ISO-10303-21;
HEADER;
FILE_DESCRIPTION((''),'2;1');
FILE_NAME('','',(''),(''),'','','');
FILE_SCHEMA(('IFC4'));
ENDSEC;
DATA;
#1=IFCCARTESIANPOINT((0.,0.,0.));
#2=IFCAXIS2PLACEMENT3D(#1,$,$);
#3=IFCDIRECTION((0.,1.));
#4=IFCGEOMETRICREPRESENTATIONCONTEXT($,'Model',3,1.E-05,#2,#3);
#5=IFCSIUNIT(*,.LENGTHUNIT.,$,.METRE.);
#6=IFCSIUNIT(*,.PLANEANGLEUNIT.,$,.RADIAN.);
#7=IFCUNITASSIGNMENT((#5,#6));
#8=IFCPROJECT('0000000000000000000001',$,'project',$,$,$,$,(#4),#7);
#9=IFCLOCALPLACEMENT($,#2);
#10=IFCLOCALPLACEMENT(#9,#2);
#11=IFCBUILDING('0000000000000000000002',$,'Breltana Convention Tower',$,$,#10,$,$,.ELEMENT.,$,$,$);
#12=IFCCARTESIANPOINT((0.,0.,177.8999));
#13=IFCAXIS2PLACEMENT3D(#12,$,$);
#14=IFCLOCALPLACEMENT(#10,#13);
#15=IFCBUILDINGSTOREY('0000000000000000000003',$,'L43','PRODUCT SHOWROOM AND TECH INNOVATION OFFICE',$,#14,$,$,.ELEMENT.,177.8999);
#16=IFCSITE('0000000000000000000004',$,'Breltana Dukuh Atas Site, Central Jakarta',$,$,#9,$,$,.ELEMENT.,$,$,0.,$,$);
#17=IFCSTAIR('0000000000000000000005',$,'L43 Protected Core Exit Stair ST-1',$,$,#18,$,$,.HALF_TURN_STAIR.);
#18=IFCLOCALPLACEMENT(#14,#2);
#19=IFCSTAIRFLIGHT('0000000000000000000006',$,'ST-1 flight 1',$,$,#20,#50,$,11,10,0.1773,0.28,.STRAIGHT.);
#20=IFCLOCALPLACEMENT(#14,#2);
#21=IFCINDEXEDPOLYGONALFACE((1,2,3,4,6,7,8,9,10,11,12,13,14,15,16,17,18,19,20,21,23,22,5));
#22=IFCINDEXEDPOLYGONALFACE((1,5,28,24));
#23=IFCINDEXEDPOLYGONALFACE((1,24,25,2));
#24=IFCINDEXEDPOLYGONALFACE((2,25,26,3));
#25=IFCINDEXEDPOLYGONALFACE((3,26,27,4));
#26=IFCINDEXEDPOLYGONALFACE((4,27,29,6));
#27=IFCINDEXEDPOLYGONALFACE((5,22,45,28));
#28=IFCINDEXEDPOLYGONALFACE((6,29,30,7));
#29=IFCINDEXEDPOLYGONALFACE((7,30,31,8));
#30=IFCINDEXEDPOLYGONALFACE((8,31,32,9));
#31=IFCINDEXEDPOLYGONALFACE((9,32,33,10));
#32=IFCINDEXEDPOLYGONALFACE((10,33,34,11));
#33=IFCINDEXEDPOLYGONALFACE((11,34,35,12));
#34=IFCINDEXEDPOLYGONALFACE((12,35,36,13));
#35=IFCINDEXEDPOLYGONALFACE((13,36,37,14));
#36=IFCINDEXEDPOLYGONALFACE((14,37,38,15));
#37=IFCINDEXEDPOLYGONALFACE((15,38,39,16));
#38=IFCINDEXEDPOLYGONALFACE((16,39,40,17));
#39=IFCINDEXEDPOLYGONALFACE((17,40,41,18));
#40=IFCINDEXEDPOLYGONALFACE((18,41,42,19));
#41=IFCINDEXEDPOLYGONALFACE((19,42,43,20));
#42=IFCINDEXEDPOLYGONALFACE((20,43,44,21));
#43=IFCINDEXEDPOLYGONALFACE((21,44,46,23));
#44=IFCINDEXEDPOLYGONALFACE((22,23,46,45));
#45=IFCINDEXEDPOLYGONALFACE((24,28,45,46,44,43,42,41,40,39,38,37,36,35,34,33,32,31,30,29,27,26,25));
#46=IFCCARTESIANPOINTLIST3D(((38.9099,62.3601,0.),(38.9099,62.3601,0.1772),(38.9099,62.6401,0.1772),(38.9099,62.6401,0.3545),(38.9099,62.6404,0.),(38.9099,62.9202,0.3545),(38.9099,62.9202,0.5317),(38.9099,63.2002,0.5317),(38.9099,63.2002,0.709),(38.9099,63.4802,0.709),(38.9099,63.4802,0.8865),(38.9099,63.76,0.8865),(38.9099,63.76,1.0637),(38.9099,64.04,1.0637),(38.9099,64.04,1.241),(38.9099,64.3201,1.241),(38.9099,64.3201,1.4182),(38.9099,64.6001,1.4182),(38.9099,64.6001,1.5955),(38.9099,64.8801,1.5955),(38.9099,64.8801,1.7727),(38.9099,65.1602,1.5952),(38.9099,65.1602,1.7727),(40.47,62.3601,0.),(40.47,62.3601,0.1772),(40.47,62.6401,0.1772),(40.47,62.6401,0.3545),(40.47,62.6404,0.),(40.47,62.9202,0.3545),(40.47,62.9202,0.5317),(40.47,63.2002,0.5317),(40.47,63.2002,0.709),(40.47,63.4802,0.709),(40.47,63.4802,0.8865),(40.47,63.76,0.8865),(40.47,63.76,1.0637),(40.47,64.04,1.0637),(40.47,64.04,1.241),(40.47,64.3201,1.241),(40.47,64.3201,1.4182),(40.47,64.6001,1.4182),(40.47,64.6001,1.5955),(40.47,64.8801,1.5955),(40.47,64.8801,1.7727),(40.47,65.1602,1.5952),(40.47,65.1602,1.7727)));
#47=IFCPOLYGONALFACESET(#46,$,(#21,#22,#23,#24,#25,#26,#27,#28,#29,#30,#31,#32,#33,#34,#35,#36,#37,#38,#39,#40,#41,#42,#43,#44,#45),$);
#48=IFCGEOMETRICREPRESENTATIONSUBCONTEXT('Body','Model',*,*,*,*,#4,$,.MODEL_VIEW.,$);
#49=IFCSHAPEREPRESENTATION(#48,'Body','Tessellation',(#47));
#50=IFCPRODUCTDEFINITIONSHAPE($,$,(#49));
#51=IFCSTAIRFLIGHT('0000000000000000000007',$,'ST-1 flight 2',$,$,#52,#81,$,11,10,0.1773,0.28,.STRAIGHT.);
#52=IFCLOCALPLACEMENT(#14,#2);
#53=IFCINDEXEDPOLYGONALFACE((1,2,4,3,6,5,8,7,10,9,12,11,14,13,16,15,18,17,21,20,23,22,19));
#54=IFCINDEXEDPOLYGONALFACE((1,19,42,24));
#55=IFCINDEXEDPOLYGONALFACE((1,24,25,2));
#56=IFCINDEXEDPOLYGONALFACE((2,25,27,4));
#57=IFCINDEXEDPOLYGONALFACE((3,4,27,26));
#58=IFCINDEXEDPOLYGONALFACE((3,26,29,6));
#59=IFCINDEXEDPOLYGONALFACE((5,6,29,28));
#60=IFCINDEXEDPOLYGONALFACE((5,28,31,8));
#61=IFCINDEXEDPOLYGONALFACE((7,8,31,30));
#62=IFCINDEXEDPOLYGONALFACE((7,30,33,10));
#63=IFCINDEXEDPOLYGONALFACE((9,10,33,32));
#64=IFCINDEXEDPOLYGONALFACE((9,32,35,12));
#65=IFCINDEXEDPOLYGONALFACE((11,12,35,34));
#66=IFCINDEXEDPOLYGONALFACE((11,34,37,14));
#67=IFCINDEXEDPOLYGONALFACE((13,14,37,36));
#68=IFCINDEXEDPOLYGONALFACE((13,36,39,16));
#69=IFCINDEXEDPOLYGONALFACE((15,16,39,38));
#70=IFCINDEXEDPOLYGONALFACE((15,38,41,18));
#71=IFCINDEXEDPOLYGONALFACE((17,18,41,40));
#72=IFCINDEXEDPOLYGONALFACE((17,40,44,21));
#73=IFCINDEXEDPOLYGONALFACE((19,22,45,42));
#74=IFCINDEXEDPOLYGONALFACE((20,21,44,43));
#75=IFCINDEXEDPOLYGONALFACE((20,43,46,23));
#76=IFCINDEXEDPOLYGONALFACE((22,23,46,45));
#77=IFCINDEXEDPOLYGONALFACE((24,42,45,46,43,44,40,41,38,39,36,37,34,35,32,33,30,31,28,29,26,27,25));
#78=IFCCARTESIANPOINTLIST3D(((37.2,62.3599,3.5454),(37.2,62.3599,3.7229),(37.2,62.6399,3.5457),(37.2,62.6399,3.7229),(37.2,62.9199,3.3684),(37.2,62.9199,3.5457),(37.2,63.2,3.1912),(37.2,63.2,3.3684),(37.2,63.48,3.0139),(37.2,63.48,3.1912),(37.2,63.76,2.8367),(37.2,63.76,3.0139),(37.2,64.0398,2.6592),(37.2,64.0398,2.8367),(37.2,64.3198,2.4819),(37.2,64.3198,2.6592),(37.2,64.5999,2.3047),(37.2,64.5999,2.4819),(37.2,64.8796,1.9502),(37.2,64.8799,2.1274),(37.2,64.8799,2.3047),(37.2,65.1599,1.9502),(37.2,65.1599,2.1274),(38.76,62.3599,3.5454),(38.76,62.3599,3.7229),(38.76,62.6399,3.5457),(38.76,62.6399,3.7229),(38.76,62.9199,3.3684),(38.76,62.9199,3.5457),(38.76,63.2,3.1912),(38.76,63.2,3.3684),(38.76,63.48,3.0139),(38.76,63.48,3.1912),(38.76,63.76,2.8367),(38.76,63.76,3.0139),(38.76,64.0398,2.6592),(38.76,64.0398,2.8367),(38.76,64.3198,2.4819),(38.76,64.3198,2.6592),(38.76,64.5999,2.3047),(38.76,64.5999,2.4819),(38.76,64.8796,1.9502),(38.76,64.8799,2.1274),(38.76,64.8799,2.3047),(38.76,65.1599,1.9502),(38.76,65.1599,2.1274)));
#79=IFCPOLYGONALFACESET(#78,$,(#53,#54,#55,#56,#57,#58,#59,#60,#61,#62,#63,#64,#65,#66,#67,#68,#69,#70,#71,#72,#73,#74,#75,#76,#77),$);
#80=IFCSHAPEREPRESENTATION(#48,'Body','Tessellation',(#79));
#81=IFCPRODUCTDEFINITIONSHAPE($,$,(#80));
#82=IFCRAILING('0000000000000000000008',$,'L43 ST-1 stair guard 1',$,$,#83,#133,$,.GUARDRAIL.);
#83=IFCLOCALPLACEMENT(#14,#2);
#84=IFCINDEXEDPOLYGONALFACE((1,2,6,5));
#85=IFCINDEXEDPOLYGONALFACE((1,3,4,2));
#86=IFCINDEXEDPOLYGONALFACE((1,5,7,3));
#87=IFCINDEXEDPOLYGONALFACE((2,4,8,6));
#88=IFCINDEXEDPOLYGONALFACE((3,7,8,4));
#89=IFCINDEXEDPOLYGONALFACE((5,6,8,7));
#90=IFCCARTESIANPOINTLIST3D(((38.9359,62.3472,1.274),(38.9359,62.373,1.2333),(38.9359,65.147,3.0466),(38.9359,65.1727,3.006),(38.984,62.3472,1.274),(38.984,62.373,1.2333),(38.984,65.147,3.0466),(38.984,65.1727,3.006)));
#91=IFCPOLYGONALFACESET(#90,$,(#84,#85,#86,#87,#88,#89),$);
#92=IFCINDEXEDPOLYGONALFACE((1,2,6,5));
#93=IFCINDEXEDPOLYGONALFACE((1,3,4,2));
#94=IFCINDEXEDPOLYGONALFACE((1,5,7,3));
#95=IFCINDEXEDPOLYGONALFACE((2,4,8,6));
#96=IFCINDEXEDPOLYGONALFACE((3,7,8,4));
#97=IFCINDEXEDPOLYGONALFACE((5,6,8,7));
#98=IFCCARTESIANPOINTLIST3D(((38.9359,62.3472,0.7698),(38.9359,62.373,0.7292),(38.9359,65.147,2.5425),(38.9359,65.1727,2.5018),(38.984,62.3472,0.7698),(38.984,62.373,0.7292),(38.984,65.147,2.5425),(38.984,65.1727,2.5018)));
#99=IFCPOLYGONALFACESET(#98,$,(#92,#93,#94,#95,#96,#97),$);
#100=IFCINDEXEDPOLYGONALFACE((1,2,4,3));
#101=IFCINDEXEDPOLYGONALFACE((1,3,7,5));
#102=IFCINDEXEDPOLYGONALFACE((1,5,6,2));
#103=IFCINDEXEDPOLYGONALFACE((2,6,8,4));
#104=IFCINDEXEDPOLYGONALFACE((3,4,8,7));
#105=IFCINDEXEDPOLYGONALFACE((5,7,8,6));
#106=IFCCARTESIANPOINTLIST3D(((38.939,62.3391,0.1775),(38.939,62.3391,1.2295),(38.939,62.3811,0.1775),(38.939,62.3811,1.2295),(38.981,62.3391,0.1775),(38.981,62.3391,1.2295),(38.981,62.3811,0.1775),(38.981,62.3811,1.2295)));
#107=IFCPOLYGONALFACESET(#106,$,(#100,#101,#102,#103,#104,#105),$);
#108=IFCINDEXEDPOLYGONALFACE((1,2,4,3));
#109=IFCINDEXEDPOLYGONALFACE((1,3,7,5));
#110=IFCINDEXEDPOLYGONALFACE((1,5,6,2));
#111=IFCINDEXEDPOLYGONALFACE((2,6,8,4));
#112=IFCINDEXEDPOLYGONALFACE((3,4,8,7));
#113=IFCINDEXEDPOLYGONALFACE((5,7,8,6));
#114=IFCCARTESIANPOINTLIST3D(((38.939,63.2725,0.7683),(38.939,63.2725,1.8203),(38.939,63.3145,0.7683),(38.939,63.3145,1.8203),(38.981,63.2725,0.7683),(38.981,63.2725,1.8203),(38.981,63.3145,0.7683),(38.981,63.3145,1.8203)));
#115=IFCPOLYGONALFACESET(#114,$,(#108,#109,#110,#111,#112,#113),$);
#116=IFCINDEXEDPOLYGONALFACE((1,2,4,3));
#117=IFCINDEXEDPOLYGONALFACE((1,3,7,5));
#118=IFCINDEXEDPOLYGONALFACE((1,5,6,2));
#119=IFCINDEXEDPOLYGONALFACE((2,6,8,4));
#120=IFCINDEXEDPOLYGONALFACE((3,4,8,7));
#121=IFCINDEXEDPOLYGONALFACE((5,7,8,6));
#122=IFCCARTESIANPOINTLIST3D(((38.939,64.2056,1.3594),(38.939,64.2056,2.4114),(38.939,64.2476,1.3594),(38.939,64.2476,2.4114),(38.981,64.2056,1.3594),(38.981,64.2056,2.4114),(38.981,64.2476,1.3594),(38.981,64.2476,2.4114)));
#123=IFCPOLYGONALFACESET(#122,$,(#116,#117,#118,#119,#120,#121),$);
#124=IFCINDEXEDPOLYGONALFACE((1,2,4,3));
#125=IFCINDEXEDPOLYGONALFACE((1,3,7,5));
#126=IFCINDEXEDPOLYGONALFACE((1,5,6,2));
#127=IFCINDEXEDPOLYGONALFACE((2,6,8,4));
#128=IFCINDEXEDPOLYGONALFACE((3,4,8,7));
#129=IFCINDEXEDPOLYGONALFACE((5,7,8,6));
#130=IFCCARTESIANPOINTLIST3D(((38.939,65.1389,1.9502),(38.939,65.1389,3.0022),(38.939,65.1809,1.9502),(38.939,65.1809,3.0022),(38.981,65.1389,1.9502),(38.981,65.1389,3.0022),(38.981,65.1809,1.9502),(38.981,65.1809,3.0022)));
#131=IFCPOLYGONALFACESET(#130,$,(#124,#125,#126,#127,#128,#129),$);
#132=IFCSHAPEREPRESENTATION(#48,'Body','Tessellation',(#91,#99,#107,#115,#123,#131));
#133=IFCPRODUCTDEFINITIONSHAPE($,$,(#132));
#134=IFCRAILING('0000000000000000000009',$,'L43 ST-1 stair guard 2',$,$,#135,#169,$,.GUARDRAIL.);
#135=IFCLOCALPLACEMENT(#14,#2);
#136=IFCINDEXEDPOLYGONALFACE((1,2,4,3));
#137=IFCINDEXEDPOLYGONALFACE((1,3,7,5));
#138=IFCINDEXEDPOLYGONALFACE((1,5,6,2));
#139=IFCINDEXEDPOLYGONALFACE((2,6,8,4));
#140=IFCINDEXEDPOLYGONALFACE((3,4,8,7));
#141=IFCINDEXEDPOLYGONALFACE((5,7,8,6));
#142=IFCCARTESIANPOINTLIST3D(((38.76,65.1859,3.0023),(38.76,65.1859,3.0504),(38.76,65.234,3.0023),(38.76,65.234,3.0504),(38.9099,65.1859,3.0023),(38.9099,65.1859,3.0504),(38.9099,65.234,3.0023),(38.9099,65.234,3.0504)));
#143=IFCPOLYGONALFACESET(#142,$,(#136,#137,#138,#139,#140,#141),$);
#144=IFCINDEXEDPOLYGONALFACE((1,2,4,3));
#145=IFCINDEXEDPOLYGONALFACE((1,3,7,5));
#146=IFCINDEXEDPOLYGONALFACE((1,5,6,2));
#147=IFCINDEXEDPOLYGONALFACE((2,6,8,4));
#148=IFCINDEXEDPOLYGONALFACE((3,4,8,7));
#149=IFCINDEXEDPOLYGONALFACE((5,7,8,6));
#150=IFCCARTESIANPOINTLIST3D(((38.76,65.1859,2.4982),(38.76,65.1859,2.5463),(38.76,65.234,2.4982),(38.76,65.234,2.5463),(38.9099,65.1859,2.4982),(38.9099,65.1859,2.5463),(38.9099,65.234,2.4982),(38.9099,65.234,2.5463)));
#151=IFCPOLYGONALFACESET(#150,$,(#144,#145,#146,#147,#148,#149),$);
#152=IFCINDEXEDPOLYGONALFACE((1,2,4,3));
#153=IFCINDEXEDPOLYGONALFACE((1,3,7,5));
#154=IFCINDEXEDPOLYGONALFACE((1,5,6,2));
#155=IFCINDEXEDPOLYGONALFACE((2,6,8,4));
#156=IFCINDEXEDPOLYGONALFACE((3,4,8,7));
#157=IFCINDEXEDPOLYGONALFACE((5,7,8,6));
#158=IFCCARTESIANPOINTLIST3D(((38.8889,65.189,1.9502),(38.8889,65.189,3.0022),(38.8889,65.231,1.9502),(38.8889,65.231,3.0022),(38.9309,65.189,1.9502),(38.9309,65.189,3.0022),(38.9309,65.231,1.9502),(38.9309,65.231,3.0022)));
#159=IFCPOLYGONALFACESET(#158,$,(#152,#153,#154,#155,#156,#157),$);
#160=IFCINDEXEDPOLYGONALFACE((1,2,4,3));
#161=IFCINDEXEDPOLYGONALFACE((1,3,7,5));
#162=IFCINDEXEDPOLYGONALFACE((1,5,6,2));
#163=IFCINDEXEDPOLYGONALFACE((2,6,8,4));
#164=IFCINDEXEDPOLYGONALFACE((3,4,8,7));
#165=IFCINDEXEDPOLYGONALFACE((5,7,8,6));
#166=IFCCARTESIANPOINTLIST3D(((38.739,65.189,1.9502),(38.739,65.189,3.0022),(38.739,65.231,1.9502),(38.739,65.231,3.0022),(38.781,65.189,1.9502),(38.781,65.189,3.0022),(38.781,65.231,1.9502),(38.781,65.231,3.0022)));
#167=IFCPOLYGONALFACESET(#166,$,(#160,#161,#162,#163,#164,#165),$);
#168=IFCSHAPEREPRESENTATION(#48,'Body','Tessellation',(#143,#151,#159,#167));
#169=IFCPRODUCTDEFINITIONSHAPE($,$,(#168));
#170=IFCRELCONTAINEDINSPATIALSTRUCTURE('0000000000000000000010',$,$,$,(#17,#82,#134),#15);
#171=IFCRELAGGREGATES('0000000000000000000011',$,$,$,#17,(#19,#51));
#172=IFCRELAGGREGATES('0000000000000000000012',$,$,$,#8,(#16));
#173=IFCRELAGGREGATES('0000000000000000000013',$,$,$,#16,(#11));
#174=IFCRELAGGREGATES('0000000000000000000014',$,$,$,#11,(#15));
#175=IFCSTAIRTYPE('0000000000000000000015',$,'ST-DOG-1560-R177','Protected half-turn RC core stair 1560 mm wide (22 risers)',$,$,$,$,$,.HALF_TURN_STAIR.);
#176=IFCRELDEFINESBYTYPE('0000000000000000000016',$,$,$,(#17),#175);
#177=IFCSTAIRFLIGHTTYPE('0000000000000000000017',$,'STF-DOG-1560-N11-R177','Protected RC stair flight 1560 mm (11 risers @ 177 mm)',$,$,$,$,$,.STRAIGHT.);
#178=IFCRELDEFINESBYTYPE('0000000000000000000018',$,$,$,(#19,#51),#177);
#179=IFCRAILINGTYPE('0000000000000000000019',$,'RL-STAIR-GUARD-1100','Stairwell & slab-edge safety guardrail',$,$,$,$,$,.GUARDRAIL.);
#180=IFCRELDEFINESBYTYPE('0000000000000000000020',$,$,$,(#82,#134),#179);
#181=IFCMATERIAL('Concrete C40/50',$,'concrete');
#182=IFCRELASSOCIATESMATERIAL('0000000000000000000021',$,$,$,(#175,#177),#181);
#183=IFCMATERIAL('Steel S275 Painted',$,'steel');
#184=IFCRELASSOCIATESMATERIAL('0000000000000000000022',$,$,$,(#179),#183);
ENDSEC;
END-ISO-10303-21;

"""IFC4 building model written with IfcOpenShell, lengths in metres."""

from ifc_helpers import new_model, si_unit, direction, frame, origin, origin_2d, place, context, subcontext, project, spatial, polyline, rectangle, outline, extrude, material, type_object, element, aggregate, save


model = new_model("IFC4")

# Units and contexts
model_context = context("Model", 3, precision=1e-05, world=origin(), true_north=direction((0.0, 1.0)))
body_context = subcontext(model_context, "Body", "Model", "MODEL_VIEW")
ifc_project = project(units=[si_unit("LENGTHUNIT", "METRE"), si_unit("PLANEANGLEUNIT", "RADIAN")], contexts=[model_context])

# Site, building, storey
site_placement = place(None, origin())
site = spatial("IfcSite", under=ifc_project, at=site_placement, Name="Breltana Dukuh Atas Site, Central Jakarta", CompositionType="ELEMENT", RefElevation=0.0)
building_placement = place(site_placement, origin())
building = spatial("IfcBuilding", under=site, at=building_placement, Name="Breltana Convention Tower", CompositionType="ELEMENT")
storey_placement = place(building_placement, frame((0.0, 0.0, 177.8999)))
storey = spatial("IfcBuildingStorey", under=building, at=storey_placement, Name="L43", Description="PRODUCT SHOWROOM AND TECH INNOVATION OFFICE", CompositionType="ELEMENT", Elevation=177.8999)

# Stair, stair flights
ifc_material_1 = material(Name="Concrete C40/50", Category="concrete")
stair_type = type_object("IfcStairType", Name="ST-DOG-1560-R177", Description="Protected half-turn RC core stair 1560 mm wide (22 risers)", PredefinedType="HALF_TURN_STAIR", material=ifc_material_1)
stair_placement = place(storey_placement, origin())
stair = element("IfcStair", 1, at=stair_placement, inside=storey, type_object=stair_type, Name="L43 Protected Core Exit Stair ST-1", PredefinedType="HALF_TURN_STAIR")
stair_flight_type = type_object("IfcStairFlightType", Name="STF-DOG-1560-N11-R177", Description="Protected RC stair flight 1560 mm (11 risers @ 177 mm)", PredefinedType="STRAIGHT", material=ifc_material_1)
stair_flight_1_placement = place(storey_placement, frame((39.6899, 62.3601, 0.0), z_axis=(0.0, 0.0, 1.0), x_axis=(0.0, 1.0, 0.0)))
stair_flight_1 = element("IfcStairFlight", 2, at=stair_flight_1_placement, type_object=stair_flight_type, Name="ST-1 flight 1", NumberOfRisers=11, NumberOfTreads=10, PredefinedType="STRAIGHT", RiserHeight=0.1773, TreadLength=0.28, context=body_context, shape_type="SweptSolid", body=[
    extrude(outline(polyline([(0.0, 0.0), (0.0, 0.1772), (0.28, 0.1772), (0.28, 0.3545), (0.5601, 0.3545), (0.5601, 0.5317), (0.8401, 0.5317), (0.8401, 0.709), (1.1201, 0.709), (1.1201, 0.8865), (1.3999, 0.8865), (1.3999, 1.0637), (1.6799, 1.0637), (1.6799, 1.241), (1.96, 1.241), (1.96, 1.4182), (2.24, 1.4182), (2.24, 1.5955), (2.52, 1.5955), (2.52, 1.7727), (2.8, 1.7727), (2.8, 1.95), (2.8, 1.5952), (0.2803, 0.0), (0.0, 0.0)])), frame((0.0, 0.78, 0.0), z_axis=(0.0, -1.0, 0.0), x_axis=(1.0, 0.0, 0.0)), (0.0, 0.0, 1.0), 1.5601),
])
stair_flight_2_placement = place(storey_placement, frame((37.98, 65.1599, 1.9502), z_axis=(0.0, 0.0, 1.0), x_axis=(0.0, -1.0, 0.0)))
stair_flight_2 = element("IfcStairFlight", 3, at=stair_flight_2_placement, type_object=stair_flight_type, Name="ST-1 flight 2", NumberOfRisers=11, NumberOfTreads=10, PredefinedType="STRAIGHT", RiserHeight=0.1773, TreadLength=0.28, context=body_context, shape_type="SweptSolid", body=[
    extrude(outline(polyline([(0.0, 0.0), (0.0, 0.1772), (0.28, 0.1772), (0.28, 0.3545), (0.5601, 0.3545), (0.5601, 0.5317), (0.8401, 0.5317), (0.8401, 0.709), (1.1201, 0.709), (1.1201, 0.8865), (1.3999, 0.8865), (1.3999, 1.0637), (1.6799, 1.0637), (1.6799, 1.241), (1.96, 1.241), (1.96, 1.4182), (2.24, 1.4182), (2.24, 1.5955), (2.52, 1.5955), (2.52, 1.7727), (2.8, 1.7727), (2.8, 1.95), (2.8, 1.5952), (0.2803, 0.0), (0.0, 0.0)])), frame((0.0, 0.78, 0.0), z_axis=(0.0, -1.0, 0.0), x_axis=(1.0, 0.0, 0.0)), (0.0, 0.0, 1.0), 1.5601),
])
aggregate(stair, [stair_flight_1, stair_flight_2])

# Railings
ifc_material_2 = material(Name="Steel S275 Painted", Category="steel")
railing_type_1 = type_object("IfcRailingType", Name="RL-STAIR-GUARD-1100", Description="Stairwell & slab-edge safety guardrail", PredefinedType="GUARDRAIL", material=ifc_material_2)
railing_1_placement = place(storey_placement, frame((38.96, 62.3601, 0.1775)))
element("IfcRailing", 4, at=railing_1_placement, inside=storey, type_object=railing_type_1, Name="L43 ST-1 stair guard 1", PredefinedType="GUARDRAIL", context=body_context, shape_type="SweptSolid", body=[
    extrude(rectangle(XDim=0.0481, YDim=0.0481, at=origin_2d()), frame((0.0, 0.0, 1.0762), z_axis=(0.0, 0.844888, 0.534943), x_axis=(-1.0, 0.0, 0.0)), (0.0, 0.0, 1.0), 3.3137),
    extrude(rectangle(XDim=0.0481, YDim=0.0481, at=origin_2d()), frame((0.0, 0.0, 0.572), z_axis=(0.0, 0.844888, 0.534943), x_axis=(-1.0, 0.0, 0.0)), (0.0, 0.0, 1.0), 3.3137),
    extrude(rectangle(XDim=0.042, YDim=0.042, at=origin_2d()), origin(), (0.0, 0.0, 1.0), 1.052),
    extrude(rectangle(XDim=0.042, YDim=0.042, at=origin_2d()), frame((0.0, 0.9333, 0.5908)), (0.0, 0.0, 1.0), 1.052),
    extrude(rectangle(XDim=0.042, YDim=0.042, at=origin_2d()), frame((0.0, 1.8665, 1.1819)), (0.0, 0.0, 1.0), 1.052),
    extrude(rectangle(XDim=0.042, YDim=0.042, at=origin_2d()), frame((0.0, 2.7998, 1.7727)), (0.0, 0.0, 1.0), 1.052),
])
railing_2_placement = place(storey_placement, frame((38.9099, 65.21, 1.9502)))
element("IfcRailing", 5, at=railing_2_placement, inside=storey, type_object=railing_type_1, Name="L43 ST-1 stair guard 2", PredefinedType="GUARDRAIL", context=body_context, shape_type="SweptSolid", body=[
    extrude(rectangle(XDim=0.0481, YDim=0.0481, at=origin_2d()), frame((0.0, 0.0, 1.0762), z_axis=(-1.0, 0.0, 0.0), x_axis=(0.0, -1.0, 0.0)), (0.0, 0.0, 1.0), 0.1499),
    extrude(rectangle(XDim=0.0481, YDim=0.0481, at=origin_2d()), frame((0.0, 0.0, 0.572), z_axis=(-1.0, 0.0, 0.0), x_axis=(0.0, -1.0, 0.0)), (0.0, 0.0, 1.0), 0.1499),
    extrude(rectangle(XDim=0.042, YDim=0.042, at=origin_2d()), origin(), (0.0, 0.0, 1.0), 1.052),
    extrude(rectangle(XDim=0.042, YDim=0.042, at=origin_2d()), frame((-0.1499, 0.0, 0.0)), (0.0, 0.0, 1.0), 1.052),
])

save(model, "model.ifc")
